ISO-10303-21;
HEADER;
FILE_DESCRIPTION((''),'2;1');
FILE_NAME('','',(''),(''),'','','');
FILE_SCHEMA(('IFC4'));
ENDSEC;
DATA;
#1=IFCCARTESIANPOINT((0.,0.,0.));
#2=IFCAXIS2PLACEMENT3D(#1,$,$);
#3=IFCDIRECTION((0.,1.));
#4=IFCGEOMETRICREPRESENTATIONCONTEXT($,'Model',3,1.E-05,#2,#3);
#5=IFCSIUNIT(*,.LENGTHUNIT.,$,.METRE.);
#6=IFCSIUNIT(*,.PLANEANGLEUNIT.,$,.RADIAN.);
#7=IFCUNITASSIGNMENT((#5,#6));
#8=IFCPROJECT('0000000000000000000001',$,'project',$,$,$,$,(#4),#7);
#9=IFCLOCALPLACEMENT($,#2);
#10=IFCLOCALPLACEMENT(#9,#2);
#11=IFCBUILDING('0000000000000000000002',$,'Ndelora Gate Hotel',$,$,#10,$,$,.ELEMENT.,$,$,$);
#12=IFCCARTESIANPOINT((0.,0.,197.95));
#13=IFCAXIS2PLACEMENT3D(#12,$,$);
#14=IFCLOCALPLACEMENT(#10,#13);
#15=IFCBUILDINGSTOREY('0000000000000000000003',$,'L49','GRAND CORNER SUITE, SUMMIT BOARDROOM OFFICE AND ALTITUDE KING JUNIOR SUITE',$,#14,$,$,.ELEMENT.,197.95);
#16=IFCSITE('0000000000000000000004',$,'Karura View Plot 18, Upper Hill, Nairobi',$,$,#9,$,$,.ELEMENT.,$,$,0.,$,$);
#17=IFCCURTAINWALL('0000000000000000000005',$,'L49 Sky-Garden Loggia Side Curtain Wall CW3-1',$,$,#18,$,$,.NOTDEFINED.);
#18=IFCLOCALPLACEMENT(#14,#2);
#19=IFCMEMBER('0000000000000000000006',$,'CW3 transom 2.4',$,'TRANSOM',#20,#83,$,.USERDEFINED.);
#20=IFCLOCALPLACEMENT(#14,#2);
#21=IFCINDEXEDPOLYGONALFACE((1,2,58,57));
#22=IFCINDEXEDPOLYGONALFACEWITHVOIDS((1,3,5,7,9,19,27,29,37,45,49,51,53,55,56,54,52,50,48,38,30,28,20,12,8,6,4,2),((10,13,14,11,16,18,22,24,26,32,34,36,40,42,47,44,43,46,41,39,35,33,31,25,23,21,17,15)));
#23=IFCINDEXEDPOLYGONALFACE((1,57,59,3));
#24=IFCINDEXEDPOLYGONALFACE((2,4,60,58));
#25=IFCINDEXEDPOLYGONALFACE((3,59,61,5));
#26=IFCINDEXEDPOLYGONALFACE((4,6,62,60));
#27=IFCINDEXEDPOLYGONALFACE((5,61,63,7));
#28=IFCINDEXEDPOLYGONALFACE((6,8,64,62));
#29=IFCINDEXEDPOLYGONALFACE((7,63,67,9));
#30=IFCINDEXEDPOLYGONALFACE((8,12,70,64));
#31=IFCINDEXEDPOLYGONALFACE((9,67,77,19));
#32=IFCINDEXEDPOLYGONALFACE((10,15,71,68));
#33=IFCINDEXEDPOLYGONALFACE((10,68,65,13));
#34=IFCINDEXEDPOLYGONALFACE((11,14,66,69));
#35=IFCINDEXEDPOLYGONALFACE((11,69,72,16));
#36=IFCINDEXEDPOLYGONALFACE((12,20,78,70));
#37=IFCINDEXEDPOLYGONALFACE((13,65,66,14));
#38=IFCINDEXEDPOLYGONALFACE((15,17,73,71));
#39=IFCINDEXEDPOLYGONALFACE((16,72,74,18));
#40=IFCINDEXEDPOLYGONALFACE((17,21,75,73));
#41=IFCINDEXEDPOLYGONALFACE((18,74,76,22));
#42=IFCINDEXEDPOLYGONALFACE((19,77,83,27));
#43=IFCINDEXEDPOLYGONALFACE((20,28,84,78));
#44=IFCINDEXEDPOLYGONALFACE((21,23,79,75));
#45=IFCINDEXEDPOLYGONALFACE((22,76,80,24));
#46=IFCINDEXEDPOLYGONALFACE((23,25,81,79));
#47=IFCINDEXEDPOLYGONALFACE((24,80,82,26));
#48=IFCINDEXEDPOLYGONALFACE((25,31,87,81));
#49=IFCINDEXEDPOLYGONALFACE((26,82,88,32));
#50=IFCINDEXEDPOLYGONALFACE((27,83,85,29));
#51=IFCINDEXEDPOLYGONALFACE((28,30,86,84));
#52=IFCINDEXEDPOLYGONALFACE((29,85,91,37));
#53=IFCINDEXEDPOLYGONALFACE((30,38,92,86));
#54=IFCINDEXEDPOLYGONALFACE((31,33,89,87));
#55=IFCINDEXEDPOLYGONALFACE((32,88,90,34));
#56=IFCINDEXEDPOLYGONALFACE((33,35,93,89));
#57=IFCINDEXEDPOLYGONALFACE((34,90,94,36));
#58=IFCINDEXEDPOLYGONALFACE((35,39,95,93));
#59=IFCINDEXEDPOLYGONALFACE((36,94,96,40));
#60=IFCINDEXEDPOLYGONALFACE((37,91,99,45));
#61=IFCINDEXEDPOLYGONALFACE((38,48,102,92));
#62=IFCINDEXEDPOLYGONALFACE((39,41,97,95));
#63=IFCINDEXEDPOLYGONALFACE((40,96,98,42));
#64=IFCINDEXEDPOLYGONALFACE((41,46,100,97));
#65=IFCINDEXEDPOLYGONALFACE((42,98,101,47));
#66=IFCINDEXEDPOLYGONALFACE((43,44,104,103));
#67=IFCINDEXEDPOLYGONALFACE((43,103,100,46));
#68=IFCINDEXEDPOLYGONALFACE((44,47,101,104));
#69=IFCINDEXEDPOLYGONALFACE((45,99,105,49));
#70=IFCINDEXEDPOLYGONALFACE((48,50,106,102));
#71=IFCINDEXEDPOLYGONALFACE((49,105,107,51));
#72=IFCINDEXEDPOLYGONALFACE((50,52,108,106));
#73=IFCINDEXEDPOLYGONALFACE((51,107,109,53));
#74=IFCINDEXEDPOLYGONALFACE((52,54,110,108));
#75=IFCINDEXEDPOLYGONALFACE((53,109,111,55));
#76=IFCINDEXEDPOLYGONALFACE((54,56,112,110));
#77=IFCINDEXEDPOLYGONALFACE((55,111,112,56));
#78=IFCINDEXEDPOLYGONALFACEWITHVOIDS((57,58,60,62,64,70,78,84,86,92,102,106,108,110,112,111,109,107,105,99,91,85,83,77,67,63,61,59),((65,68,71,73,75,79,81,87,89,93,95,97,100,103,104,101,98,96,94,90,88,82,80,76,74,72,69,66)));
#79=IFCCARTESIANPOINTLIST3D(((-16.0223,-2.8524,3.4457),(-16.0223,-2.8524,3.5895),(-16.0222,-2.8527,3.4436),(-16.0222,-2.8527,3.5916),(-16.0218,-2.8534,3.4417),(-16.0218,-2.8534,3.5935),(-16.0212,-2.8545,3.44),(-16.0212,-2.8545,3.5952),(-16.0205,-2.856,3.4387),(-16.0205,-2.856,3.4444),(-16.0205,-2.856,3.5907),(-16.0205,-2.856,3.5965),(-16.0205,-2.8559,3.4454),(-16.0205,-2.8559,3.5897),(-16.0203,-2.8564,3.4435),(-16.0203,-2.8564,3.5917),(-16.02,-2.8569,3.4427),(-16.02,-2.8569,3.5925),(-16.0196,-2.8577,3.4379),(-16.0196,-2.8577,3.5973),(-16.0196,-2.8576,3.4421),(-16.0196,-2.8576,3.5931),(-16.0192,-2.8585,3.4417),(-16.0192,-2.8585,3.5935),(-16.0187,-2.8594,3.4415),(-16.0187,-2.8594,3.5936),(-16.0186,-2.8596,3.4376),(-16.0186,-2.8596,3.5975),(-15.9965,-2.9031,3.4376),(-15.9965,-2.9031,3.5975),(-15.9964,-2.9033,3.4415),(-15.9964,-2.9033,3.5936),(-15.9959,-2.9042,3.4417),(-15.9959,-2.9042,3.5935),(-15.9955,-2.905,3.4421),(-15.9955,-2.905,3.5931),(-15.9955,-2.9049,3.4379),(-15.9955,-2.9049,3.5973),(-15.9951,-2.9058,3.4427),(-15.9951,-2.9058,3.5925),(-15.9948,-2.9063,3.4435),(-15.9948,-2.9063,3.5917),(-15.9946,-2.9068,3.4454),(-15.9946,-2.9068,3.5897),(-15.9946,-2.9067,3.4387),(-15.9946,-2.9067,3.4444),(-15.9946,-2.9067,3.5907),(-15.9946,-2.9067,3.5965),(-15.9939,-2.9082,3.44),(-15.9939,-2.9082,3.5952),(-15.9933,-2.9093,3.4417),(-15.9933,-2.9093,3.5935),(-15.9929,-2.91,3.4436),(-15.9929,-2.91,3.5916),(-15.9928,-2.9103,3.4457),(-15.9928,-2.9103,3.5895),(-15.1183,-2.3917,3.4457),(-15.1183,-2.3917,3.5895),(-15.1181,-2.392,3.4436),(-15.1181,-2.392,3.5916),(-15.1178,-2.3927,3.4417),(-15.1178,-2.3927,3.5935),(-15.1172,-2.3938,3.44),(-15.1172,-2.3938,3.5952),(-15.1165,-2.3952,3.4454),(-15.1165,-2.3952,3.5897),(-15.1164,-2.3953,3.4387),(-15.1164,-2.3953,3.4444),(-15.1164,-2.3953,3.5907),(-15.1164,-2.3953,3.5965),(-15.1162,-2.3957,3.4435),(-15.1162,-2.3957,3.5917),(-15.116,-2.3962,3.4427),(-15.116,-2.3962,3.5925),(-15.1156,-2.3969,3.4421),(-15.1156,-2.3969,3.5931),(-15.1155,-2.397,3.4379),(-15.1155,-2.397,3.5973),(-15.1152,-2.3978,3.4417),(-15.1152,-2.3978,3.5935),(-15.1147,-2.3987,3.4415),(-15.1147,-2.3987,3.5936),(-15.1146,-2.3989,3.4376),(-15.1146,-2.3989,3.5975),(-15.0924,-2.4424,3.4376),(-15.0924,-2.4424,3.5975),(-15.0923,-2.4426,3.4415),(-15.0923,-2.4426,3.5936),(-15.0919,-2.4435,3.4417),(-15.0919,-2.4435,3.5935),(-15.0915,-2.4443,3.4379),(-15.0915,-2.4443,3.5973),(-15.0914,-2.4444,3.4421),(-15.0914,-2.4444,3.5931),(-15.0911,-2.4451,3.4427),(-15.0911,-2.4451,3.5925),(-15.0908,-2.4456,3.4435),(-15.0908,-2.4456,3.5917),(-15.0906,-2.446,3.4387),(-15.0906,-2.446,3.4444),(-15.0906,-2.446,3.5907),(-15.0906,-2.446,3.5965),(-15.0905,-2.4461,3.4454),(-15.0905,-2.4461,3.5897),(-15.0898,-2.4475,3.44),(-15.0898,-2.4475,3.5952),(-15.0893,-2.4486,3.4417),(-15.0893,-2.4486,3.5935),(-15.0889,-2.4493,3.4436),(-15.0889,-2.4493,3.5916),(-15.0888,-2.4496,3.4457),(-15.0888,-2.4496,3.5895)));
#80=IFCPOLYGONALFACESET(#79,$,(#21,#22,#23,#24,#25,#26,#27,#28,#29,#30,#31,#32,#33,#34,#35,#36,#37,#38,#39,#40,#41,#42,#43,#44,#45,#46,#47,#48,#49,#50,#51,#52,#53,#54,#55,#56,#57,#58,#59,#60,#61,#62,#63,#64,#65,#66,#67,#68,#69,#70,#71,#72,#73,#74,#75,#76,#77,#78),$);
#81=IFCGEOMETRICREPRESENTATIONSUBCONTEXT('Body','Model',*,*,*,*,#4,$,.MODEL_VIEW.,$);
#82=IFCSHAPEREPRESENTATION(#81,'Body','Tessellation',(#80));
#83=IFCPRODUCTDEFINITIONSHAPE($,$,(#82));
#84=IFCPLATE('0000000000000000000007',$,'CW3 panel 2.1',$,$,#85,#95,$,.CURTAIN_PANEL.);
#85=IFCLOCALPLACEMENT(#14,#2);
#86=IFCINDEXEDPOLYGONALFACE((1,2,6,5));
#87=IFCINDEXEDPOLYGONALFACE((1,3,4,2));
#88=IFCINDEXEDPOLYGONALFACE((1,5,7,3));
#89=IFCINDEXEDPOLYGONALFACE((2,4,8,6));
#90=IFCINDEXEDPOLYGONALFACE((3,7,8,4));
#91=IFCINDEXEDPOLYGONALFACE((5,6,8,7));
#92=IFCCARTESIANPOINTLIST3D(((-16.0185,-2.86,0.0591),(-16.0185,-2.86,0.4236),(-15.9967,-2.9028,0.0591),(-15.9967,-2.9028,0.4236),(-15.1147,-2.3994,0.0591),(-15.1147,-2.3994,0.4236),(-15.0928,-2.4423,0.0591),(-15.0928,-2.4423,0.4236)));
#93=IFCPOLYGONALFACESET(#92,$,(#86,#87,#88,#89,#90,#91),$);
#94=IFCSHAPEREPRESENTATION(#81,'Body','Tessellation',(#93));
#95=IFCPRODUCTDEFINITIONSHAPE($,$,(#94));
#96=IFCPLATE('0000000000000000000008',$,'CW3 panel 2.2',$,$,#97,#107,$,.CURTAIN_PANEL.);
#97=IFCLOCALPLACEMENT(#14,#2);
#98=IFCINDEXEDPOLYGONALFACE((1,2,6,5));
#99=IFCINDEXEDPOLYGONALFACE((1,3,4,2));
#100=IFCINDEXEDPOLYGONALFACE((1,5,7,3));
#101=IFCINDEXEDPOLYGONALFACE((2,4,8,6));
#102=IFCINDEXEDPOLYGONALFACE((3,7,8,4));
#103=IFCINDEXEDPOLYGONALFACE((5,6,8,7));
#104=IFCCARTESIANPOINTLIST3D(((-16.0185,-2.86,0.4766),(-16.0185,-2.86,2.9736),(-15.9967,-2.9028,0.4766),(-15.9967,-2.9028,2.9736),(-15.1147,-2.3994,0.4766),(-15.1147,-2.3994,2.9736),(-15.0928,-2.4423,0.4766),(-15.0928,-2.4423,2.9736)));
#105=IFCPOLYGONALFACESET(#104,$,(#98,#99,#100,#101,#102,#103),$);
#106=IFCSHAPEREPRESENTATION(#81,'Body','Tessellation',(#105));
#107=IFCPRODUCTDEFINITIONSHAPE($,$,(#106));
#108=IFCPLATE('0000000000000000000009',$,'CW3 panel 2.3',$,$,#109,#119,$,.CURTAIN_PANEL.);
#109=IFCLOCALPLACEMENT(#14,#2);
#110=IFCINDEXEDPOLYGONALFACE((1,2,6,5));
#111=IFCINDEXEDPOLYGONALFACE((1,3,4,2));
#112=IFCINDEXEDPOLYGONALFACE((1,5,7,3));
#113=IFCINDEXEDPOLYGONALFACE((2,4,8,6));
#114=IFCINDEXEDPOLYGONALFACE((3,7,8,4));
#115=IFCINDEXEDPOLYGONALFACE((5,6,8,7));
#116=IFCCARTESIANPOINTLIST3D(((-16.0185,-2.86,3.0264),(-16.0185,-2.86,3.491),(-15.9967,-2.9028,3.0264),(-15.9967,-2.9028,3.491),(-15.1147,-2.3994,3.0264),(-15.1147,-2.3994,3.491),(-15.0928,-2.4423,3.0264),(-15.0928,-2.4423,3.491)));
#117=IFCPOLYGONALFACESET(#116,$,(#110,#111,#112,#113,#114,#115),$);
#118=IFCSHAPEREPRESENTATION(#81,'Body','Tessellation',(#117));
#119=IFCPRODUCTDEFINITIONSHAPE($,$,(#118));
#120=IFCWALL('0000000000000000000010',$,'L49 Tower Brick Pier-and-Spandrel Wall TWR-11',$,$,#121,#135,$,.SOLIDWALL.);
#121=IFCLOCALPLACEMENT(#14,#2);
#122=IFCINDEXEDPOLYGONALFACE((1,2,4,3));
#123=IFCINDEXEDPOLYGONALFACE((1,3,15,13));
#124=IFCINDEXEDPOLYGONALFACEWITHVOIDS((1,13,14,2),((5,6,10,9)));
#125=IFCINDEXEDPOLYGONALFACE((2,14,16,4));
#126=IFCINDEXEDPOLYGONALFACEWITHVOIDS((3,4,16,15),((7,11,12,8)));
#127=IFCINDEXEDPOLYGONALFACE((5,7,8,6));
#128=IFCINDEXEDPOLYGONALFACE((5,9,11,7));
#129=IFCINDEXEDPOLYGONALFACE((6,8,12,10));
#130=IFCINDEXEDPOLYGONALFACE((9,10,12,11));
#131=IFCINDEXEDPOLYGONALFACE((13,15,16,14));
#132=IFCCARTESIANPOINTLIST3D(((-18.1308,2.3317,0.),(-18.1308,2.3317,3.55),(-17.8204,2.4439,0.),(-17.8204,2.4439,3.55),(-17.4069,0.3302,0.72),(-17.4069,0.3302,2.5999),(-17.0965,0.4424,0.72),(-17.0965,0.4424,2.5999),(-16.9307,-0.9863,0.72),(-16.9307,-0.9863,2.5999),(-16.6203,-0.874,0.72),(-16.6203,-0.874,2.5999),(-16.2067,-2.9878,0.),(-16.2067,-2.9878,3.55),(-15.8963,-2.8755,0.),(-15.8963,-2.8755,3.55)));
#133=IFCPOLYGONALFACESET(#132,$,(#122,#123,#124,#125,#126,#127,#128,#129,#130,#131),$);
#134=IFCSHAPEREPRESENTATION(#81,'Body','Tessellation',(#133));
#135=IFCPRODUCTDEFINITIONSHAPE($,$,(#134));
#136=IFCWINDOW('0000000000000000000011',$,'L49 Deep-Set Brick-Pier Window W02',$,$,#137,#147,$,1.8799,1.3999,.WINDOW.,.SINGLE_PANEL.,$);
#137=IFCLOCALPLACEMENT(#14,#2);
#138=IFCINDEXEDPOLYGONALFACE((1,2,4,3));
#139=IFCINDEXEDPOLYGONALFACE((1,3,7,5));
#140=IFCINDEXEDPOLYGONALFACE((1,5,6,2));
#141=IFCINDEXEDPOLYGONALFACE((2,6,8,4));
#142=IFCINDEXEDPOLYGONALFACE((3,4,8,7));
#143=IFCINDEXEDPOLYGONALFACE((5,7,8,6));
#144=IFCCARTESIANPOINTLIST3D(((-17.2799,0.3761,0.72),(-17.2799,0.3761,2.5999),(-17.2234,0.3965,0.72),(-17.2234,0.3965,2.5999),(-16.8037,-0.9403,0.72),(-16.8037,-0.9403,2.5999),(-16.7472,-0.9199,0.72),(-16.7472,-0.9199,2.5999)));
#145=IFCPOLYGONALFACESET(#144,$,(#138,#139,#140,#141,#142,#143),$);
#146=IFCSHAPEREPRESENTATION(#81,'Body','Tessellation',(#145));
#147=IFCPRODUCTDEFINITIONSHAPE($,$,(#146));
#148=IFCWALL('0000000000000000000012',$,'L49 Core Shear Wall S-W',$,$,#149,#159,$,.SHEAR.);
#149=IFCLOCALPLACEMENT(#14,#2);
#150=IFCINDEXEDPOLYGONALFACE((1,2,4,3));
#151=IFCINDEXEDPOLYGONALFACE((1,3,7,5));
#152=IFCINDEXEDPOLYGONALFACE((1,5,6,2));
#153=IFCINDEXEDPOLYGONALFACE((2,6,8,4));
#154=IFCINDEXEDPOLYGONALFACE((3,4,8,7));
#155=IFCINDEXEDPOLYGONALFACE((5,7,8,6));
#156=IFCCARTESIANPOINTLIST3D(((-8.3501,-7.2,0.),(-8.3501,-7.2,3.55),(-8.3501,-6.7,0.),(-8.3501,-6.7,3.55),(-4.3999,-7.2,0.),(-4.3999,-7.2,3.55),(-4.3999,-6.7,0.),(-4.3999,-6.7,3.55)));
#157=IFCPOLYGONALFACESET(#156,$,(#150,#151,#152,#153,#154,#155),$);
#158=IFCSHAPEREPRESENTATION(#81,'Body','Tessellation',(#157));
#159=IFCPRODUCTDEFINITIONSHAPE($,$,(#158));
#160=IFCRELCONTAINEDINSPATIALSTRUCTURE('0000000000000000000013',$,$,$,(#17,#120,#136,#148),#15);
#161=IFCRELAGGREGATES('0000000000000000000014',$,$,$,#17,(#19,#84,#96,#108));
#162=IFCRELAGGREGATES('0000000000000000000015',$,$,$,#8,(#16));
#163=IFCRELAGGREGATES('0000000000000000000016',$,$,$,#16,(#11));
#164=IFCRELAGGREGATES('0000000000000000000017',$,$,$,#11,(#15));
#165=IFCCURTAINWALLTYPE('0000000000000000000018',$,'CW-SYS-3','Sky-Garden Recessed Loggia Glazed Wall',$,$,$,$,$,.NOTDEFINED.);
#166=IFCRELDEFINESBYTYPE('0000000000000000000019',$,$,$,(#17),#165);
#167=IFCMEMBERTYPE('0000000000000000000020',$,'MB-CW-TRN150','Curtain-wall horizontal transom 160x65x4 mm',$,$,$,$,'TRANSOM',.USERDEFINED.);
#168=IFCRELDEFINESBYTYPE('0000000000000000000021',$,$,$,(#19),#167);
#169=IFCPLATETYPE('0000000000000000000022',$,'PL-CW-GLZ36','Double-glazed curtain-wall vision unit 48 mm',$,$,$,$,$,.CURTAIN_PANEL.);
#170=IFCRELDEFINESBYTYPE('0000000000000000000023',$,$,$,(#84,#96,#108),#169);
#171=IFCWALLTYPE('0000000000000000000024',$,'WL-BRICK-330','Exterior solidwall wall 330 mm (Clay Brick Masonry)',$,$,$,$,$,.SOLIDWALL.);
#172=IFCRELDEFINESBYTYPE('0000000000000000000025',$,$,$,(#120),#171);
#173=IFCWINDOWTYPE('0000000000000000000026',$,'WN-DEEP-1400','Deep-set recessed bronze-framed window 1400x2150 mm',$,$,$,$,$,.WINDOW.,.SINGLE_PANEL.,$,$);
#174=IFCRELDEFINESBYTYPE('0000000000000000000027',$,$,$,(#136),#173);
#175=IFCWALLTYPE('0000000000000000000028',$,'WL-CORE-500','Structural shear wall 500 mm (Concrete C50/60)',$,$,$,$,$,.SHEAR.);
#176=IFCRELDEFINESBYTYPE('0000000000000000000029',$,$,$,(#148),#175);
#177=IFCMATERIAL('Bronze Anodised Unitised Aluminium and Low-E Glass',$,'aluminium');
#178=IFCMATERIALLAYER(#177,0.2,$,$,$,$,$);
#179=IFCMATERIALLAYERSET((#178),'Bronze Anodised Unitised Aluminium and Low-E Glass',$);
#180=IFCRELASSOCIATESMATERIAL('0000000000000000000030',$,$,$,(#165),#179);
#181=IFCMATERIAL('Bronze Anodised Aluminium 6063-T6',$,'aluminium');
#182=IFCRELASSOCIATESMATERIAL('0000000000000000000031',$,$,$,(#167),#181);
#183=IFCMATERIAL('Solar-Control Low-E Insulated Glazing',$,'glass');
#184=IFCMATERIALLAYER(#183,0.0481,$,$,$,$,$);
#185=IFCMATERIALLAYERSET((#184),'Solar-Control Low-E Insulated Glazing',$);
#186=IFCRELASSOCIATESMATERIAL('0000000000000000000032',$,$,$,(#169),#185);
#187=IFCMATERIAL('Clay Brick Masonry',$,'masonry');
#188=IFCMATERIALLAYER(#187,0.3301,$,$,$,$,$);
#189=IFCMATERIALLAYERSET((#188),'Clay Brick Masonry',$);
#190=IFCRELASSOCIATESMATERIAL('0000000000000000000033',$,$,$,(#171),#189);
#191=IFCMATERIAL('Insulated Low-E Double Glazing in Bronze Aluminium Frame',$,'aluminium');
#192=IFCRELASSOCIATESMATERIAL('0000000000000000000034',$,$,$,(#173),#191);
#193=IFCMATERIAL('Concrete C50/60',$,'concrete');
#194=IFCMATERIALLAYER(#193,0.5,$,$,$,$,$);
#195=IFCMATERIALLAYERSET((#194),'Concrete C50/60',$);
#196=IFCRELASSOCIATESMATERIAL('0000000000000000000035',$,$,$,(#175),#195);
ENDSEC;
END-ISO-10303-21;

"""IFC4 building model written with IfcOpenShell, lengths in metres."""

from ifc_helpers import new_model, si_unit, direction, frame, frame_2d, origin, origin_2d, place, context, subcontext, project, spatial, rectangle, hollow_rectangle, extrude, material, layer, layer_set, material_profile, profile_set, type_object, element, fill, aggregate, save


model = new_model("IFC4")

# Units and contexts
model_context = context("Model", 3, precision=1e-05, world=origin(), true_north=direction((0.0, 1.0)))
body_context = subcontext(model_context, "Body", "Model", "MODEL_VIEW")
ifc_project = project(units=[si_unit("LENGTHUNIT", "METRE"), si_unit("PLANEANGLEUNIT", "RADIAN")], contexts=[model_context])

# Site, building, storey
site_placement = place(None, origin())
site = spatial("IfcSite", under=ifc_project, at=site_placement, Name="Karura View Plot 18, Upper Hill, Nairobi", CompositionType="ELEMENT", RefElevation=0.0)
building_placement = place(site_placement, origin())
building = spatial("IfcBuilding", under=site, at=building_placement, Name="Ndelora Gate Hotel", CompositionType="ELEMENT")
storey_placement = place(building_placement, frame((0.0, 0.0, 197.95)))
storey = spatial("IfcBuildingStorey", under=building, at=storey_placement, Name="L49", Description="GRAND CORNER SUITE, SUMMIT BOARDROOM OFFICE AND ALTITUDE KING JUNIOR SUITE", CompositionType="ELEMENT", Elevation=197.95)

# Shared definitions
ifc_material_1 = material(Name="Concrete C50/60", Category="concrete")

# Curtain wall, member, plates
ifc_material_2 = material(Name="Bronze Anodised Unitised Aluminium and Low-E Glass", Category="aluminium")
ifc_layer_1 = layer(ifc_material_2, 0.2)
ifc_layer_set_1 = layer_set([ifc_layer_1], Name="Bronze Anodised Unitised Aluminium and Low-E Glass")
curtain_wall_type = type_object("IfcCurtainWallType", Name="CW-SYS-3", Description="Sky-Garden Recessed Loggia Glazed Wall", PredefinedType="NOTDEFINED", material=ifc_layer_set_1)
curtain_wall_placement = place(storey_placement, origin())
curtain_wall = element("IfcCurtainWall", 1, at=curtain_wall_placement, inside=storey, type_object=curtain_wall_type, Name="L49 Sky-Garden Loggia Side Curtain Wall CW3-1", PredefinedType="NOTDEFINED")
ifc_material_3 = material(Name="Bronze Anodised Aluminium 6063-T6", Category="aluminium")
ifc_material_profile_1 = material_profile(ifc_material_3, hollow_rectangle(XDim=0.0649, YDim=0.1599, WallThickness=0.0039, InnerFilletRadius=0.0039, OuterFilletRadius=0.0081, at=origin_2d()), Name="ALU 160x65x4")
ifc_profile_set_1 = profile_set([ifc_material_profile_1], Name="Bronze Anodised Aluminium 6063-T6")
member_type_1 = type_object("IfcMemberType", Name="MB-CW-TRN150", Description="Curtain-wall horizontal transom 160x65x4 mm", ElementType="TRANSOM", PredefinedType="USERDEFINED", material=ifc_profile_set_1)
member_1_placement = place(storey_placement, frame((-15.1035, -2.4207, 3.5176), z_axis=(-0.890984, -0.454034, 0.0), x_axis=(0.454034, -0.890984, 0.0)))
member_1 = element("IfcMember", 2, at=member_1_placement, type_object=member_type_1, Name="CW3 transom 2.4", ObjectType="TRANSOM", PredefinedType="USERDEFINED", context=body_context, shape_type="SweptSolid", body=[
    extrude(hollow_rectangle(XDim=0.0649, YDim=0.1599, WallThickness=0.0039, InnerFilletRadius=0.0039, OuterFilletRadius=0.0081, at=origin_2d()), origin(), (0.0, 0.0, 1.0), 1.0146),
])
ifc_material_4 = material(Name="Solar-Control Low-E Insulated Glazing", Category="glass")
ifc_layer_2 = layer(ifc_material_4, 0.0481)
ifc_layer_set_2 = layer_set([ifc_layer_2], Name="Solar-Control Low-E Insulated Glazing")
plate_type = type_object("IfcPlateType", Name="PL-CW-GLZ36", Description="Double-glazed curtain-wall vision unit 48 mm", PredefinedType="CURTAIN_PANEL", material=ifc_layer_set_2)
plate_1_placement = place(storey_placement, frame((-15.5557, -2.6511, 0.0591), z_axis=(0.0, 0.0, 1.0), x_axis=(-0.891001, -0.454001, 0.0)))
plate_1 = element("IfcPlate", 3, at=plate_1_placement, type_object=plate_type, Name="CW3 panel 2.1", PredefinedType="CURTAIN_PANEL", context=body_context, shape_type="SweptSolid", body=[
    extrude(rectangle(XDim=1.0144, YDim=0.0481, at=origin_2d()), origin(), (0.0, 0.0, 1.0), 0.3645),
])
plate_2_placement = place(storey_placement, frame((-15.5557, -2.6511, 0.4766), z_axis=(0.0, 0.0, 1.0), x_axis=(-0.891001, -0.454001, 0.0)))
plate_2 = element("IfcPlate", 4, at=plate_2_placement, type_object=plate_type, Name="CW3 panel 2.2", PredefinedType="CURTAIN_PANEL", context=body_context, shape_type="SweptSolid", body=[
    extrude(rectangle(XDim=1.0144, YDim=0.0481, at=origin_2d()), origin(), (0.0, 0.0, 1.0), 2.4971),
])
plate_3_placement = place(storey_placement, frame((-15.5557, -2.6511, 3.0264), z_axis=(0.0, 0.0, 1.0), x_axis=(-0.891001, -0.454001, 0.0)))
plate_3 = element("IfcPlate", 5, at=plate_3_placement, type_object=plate_type, Name="CW3 panel 2.3", PredefinedType="CURTAIN_PANEL", context=body_context, shape_type="SweptSolid", body=[
    extrude(rectangle(XDim=1.0144, YDim=0.0481, at=origin_2d()), origin(), (0.0, 0.0, 1.0), 0.4646),
])
aggregate(curtain_wall, [member_1, plate_1, plate_2, plate_3])

# Wall, opening, window
ifc_material_5 = material(Name="Clay Brick Masonry", Category="masonry")
ifc_layer_3 = layer(ifc_material_5, 0.3301)
ifc_layer_set_3 = layer_set([ifc_layer_3], Name="Clay Brick Masonry")
wall_type_1 = type_object("IfcWallType", Name="WL-BRICK-330", Description="Exterior solidwall wall 330 mm (Clay Brick Masonry)", PredefinedType="SOLIDWALL", material=ifc_layer_set_3)
wall_1_placement = place(storey_placement, frame((-16.0515, -2.9316, 0.0), z_axis=(0.0, 0.0, 1.0), x_axis=(-0.340145, 0.940373, 0.0)))
wall_1 = element("IfcWall", 6, at=wall_1_placement, inside=storey, type_object=wall_type_1, Name="L49 Tower Brick Pier-and-Spandrel Wall TWR-11", PredefinedType="SOLIDWALL", context=body_context, shape_type="SweptSolid", body=[
    extrude(rectangle(XDim=5.6567, YDim=0.3301, at=frame_2d((2.8284, 0.0))), origin(), (0.0, 0.0, 1.0), 3.55),
])
opening_1_placement = place(wall_1_placement, frame((2.1284, 0.0, 0.72)))
opening_1 = element("IfcOpeningElement", 7, at=opening_1_placement, cuts=wall_1, PredefinedType="OPENING", context=body_context, shape_type="SweptSolid", body=[
    extrude(rectangle(XDim=1.3999, YDim=1.8799, at=frame_2d((0.7, 0.9399))), frame((0.0, 0.175, 0.0), z_axis=(0.0, -1.0, 0.0), x_axis=(1.0, 0.0, 0.0)), (0.0, 0.0, 1.0), 0.3501),
])
ifc_material_6 = material(Name="Insulated Low-E Double Glazing in Bronze Aluminium Frame", Category="aluminium")
window_type = type_object("IfcWindowType", Name="WN-DEEP-1400", Description="Deep-set recessed bronze-framed window 1400x2150 mm", PartitioningType="SINGLE_PANEL", PredefinedType="WINDOW", material=ifc_material_6)
window_placement = place(opening_1_placement, origin())
window = element("IfcWindow", 8, at=window_placement, inside=storey, type_object=window_type, Name="L49 Deep-Set Brick-Pier Window W02", OverallHeight=1.8799, OverallWidth=1.3999, PartitioningType="SINGLE_PANEL", PredefinedType="WINDOW", context=body_context, shape_type="SweptSolid", body=[
    extrude(rectangle(XDim=1.3999, YDim=1.8799, at=frame_2d((0.7, 0.9399))), frame((0.0, 0.03, 0.0), z_axis=(0.0, -1.0, 0.0), x_axis=(1.0, 0.0, 0.0)), (0.0, 0.0, 1.0), 0.0601),
])
fill(opening_1, window)

# Wall
ifc_layer_4 = layer(ifc_material_1, 0.5)
ifc_layer_set_4 = layer_set([ifc_layer_4], Name="Concrete C50/60")
wall_type_2 = type_object("IfcWallType", Name="WL-CORE-500", Description="Structural shear wall 500 mm (Concrete C50/60)", PredefinedType="SHEAR", material=ifc_layer_set_4)
wall_2_placement = place(storey_placement, frame((-8.3501, -6.95, 0.0), z_axis=(0.0, 0.0, 1.0), x_axis=(1.0, 0.0, 0.0)))
element("IfcWall", 9, at=wall_2_placement, inside=storey, type_object=wall_type_2, Name="L49 Core Shear Wall S-W", PredefinedType="SHEAR", context=body_context, shape_type="SweptSolid", body=[
    extrude(rectangle(XDim=3.9502, YDim=0.5, at=frame_2d((1.9751, 0.0))), origin(), (0.0, 0.0, 1.0), 3.55),
])

save(model, "model.ifc")
